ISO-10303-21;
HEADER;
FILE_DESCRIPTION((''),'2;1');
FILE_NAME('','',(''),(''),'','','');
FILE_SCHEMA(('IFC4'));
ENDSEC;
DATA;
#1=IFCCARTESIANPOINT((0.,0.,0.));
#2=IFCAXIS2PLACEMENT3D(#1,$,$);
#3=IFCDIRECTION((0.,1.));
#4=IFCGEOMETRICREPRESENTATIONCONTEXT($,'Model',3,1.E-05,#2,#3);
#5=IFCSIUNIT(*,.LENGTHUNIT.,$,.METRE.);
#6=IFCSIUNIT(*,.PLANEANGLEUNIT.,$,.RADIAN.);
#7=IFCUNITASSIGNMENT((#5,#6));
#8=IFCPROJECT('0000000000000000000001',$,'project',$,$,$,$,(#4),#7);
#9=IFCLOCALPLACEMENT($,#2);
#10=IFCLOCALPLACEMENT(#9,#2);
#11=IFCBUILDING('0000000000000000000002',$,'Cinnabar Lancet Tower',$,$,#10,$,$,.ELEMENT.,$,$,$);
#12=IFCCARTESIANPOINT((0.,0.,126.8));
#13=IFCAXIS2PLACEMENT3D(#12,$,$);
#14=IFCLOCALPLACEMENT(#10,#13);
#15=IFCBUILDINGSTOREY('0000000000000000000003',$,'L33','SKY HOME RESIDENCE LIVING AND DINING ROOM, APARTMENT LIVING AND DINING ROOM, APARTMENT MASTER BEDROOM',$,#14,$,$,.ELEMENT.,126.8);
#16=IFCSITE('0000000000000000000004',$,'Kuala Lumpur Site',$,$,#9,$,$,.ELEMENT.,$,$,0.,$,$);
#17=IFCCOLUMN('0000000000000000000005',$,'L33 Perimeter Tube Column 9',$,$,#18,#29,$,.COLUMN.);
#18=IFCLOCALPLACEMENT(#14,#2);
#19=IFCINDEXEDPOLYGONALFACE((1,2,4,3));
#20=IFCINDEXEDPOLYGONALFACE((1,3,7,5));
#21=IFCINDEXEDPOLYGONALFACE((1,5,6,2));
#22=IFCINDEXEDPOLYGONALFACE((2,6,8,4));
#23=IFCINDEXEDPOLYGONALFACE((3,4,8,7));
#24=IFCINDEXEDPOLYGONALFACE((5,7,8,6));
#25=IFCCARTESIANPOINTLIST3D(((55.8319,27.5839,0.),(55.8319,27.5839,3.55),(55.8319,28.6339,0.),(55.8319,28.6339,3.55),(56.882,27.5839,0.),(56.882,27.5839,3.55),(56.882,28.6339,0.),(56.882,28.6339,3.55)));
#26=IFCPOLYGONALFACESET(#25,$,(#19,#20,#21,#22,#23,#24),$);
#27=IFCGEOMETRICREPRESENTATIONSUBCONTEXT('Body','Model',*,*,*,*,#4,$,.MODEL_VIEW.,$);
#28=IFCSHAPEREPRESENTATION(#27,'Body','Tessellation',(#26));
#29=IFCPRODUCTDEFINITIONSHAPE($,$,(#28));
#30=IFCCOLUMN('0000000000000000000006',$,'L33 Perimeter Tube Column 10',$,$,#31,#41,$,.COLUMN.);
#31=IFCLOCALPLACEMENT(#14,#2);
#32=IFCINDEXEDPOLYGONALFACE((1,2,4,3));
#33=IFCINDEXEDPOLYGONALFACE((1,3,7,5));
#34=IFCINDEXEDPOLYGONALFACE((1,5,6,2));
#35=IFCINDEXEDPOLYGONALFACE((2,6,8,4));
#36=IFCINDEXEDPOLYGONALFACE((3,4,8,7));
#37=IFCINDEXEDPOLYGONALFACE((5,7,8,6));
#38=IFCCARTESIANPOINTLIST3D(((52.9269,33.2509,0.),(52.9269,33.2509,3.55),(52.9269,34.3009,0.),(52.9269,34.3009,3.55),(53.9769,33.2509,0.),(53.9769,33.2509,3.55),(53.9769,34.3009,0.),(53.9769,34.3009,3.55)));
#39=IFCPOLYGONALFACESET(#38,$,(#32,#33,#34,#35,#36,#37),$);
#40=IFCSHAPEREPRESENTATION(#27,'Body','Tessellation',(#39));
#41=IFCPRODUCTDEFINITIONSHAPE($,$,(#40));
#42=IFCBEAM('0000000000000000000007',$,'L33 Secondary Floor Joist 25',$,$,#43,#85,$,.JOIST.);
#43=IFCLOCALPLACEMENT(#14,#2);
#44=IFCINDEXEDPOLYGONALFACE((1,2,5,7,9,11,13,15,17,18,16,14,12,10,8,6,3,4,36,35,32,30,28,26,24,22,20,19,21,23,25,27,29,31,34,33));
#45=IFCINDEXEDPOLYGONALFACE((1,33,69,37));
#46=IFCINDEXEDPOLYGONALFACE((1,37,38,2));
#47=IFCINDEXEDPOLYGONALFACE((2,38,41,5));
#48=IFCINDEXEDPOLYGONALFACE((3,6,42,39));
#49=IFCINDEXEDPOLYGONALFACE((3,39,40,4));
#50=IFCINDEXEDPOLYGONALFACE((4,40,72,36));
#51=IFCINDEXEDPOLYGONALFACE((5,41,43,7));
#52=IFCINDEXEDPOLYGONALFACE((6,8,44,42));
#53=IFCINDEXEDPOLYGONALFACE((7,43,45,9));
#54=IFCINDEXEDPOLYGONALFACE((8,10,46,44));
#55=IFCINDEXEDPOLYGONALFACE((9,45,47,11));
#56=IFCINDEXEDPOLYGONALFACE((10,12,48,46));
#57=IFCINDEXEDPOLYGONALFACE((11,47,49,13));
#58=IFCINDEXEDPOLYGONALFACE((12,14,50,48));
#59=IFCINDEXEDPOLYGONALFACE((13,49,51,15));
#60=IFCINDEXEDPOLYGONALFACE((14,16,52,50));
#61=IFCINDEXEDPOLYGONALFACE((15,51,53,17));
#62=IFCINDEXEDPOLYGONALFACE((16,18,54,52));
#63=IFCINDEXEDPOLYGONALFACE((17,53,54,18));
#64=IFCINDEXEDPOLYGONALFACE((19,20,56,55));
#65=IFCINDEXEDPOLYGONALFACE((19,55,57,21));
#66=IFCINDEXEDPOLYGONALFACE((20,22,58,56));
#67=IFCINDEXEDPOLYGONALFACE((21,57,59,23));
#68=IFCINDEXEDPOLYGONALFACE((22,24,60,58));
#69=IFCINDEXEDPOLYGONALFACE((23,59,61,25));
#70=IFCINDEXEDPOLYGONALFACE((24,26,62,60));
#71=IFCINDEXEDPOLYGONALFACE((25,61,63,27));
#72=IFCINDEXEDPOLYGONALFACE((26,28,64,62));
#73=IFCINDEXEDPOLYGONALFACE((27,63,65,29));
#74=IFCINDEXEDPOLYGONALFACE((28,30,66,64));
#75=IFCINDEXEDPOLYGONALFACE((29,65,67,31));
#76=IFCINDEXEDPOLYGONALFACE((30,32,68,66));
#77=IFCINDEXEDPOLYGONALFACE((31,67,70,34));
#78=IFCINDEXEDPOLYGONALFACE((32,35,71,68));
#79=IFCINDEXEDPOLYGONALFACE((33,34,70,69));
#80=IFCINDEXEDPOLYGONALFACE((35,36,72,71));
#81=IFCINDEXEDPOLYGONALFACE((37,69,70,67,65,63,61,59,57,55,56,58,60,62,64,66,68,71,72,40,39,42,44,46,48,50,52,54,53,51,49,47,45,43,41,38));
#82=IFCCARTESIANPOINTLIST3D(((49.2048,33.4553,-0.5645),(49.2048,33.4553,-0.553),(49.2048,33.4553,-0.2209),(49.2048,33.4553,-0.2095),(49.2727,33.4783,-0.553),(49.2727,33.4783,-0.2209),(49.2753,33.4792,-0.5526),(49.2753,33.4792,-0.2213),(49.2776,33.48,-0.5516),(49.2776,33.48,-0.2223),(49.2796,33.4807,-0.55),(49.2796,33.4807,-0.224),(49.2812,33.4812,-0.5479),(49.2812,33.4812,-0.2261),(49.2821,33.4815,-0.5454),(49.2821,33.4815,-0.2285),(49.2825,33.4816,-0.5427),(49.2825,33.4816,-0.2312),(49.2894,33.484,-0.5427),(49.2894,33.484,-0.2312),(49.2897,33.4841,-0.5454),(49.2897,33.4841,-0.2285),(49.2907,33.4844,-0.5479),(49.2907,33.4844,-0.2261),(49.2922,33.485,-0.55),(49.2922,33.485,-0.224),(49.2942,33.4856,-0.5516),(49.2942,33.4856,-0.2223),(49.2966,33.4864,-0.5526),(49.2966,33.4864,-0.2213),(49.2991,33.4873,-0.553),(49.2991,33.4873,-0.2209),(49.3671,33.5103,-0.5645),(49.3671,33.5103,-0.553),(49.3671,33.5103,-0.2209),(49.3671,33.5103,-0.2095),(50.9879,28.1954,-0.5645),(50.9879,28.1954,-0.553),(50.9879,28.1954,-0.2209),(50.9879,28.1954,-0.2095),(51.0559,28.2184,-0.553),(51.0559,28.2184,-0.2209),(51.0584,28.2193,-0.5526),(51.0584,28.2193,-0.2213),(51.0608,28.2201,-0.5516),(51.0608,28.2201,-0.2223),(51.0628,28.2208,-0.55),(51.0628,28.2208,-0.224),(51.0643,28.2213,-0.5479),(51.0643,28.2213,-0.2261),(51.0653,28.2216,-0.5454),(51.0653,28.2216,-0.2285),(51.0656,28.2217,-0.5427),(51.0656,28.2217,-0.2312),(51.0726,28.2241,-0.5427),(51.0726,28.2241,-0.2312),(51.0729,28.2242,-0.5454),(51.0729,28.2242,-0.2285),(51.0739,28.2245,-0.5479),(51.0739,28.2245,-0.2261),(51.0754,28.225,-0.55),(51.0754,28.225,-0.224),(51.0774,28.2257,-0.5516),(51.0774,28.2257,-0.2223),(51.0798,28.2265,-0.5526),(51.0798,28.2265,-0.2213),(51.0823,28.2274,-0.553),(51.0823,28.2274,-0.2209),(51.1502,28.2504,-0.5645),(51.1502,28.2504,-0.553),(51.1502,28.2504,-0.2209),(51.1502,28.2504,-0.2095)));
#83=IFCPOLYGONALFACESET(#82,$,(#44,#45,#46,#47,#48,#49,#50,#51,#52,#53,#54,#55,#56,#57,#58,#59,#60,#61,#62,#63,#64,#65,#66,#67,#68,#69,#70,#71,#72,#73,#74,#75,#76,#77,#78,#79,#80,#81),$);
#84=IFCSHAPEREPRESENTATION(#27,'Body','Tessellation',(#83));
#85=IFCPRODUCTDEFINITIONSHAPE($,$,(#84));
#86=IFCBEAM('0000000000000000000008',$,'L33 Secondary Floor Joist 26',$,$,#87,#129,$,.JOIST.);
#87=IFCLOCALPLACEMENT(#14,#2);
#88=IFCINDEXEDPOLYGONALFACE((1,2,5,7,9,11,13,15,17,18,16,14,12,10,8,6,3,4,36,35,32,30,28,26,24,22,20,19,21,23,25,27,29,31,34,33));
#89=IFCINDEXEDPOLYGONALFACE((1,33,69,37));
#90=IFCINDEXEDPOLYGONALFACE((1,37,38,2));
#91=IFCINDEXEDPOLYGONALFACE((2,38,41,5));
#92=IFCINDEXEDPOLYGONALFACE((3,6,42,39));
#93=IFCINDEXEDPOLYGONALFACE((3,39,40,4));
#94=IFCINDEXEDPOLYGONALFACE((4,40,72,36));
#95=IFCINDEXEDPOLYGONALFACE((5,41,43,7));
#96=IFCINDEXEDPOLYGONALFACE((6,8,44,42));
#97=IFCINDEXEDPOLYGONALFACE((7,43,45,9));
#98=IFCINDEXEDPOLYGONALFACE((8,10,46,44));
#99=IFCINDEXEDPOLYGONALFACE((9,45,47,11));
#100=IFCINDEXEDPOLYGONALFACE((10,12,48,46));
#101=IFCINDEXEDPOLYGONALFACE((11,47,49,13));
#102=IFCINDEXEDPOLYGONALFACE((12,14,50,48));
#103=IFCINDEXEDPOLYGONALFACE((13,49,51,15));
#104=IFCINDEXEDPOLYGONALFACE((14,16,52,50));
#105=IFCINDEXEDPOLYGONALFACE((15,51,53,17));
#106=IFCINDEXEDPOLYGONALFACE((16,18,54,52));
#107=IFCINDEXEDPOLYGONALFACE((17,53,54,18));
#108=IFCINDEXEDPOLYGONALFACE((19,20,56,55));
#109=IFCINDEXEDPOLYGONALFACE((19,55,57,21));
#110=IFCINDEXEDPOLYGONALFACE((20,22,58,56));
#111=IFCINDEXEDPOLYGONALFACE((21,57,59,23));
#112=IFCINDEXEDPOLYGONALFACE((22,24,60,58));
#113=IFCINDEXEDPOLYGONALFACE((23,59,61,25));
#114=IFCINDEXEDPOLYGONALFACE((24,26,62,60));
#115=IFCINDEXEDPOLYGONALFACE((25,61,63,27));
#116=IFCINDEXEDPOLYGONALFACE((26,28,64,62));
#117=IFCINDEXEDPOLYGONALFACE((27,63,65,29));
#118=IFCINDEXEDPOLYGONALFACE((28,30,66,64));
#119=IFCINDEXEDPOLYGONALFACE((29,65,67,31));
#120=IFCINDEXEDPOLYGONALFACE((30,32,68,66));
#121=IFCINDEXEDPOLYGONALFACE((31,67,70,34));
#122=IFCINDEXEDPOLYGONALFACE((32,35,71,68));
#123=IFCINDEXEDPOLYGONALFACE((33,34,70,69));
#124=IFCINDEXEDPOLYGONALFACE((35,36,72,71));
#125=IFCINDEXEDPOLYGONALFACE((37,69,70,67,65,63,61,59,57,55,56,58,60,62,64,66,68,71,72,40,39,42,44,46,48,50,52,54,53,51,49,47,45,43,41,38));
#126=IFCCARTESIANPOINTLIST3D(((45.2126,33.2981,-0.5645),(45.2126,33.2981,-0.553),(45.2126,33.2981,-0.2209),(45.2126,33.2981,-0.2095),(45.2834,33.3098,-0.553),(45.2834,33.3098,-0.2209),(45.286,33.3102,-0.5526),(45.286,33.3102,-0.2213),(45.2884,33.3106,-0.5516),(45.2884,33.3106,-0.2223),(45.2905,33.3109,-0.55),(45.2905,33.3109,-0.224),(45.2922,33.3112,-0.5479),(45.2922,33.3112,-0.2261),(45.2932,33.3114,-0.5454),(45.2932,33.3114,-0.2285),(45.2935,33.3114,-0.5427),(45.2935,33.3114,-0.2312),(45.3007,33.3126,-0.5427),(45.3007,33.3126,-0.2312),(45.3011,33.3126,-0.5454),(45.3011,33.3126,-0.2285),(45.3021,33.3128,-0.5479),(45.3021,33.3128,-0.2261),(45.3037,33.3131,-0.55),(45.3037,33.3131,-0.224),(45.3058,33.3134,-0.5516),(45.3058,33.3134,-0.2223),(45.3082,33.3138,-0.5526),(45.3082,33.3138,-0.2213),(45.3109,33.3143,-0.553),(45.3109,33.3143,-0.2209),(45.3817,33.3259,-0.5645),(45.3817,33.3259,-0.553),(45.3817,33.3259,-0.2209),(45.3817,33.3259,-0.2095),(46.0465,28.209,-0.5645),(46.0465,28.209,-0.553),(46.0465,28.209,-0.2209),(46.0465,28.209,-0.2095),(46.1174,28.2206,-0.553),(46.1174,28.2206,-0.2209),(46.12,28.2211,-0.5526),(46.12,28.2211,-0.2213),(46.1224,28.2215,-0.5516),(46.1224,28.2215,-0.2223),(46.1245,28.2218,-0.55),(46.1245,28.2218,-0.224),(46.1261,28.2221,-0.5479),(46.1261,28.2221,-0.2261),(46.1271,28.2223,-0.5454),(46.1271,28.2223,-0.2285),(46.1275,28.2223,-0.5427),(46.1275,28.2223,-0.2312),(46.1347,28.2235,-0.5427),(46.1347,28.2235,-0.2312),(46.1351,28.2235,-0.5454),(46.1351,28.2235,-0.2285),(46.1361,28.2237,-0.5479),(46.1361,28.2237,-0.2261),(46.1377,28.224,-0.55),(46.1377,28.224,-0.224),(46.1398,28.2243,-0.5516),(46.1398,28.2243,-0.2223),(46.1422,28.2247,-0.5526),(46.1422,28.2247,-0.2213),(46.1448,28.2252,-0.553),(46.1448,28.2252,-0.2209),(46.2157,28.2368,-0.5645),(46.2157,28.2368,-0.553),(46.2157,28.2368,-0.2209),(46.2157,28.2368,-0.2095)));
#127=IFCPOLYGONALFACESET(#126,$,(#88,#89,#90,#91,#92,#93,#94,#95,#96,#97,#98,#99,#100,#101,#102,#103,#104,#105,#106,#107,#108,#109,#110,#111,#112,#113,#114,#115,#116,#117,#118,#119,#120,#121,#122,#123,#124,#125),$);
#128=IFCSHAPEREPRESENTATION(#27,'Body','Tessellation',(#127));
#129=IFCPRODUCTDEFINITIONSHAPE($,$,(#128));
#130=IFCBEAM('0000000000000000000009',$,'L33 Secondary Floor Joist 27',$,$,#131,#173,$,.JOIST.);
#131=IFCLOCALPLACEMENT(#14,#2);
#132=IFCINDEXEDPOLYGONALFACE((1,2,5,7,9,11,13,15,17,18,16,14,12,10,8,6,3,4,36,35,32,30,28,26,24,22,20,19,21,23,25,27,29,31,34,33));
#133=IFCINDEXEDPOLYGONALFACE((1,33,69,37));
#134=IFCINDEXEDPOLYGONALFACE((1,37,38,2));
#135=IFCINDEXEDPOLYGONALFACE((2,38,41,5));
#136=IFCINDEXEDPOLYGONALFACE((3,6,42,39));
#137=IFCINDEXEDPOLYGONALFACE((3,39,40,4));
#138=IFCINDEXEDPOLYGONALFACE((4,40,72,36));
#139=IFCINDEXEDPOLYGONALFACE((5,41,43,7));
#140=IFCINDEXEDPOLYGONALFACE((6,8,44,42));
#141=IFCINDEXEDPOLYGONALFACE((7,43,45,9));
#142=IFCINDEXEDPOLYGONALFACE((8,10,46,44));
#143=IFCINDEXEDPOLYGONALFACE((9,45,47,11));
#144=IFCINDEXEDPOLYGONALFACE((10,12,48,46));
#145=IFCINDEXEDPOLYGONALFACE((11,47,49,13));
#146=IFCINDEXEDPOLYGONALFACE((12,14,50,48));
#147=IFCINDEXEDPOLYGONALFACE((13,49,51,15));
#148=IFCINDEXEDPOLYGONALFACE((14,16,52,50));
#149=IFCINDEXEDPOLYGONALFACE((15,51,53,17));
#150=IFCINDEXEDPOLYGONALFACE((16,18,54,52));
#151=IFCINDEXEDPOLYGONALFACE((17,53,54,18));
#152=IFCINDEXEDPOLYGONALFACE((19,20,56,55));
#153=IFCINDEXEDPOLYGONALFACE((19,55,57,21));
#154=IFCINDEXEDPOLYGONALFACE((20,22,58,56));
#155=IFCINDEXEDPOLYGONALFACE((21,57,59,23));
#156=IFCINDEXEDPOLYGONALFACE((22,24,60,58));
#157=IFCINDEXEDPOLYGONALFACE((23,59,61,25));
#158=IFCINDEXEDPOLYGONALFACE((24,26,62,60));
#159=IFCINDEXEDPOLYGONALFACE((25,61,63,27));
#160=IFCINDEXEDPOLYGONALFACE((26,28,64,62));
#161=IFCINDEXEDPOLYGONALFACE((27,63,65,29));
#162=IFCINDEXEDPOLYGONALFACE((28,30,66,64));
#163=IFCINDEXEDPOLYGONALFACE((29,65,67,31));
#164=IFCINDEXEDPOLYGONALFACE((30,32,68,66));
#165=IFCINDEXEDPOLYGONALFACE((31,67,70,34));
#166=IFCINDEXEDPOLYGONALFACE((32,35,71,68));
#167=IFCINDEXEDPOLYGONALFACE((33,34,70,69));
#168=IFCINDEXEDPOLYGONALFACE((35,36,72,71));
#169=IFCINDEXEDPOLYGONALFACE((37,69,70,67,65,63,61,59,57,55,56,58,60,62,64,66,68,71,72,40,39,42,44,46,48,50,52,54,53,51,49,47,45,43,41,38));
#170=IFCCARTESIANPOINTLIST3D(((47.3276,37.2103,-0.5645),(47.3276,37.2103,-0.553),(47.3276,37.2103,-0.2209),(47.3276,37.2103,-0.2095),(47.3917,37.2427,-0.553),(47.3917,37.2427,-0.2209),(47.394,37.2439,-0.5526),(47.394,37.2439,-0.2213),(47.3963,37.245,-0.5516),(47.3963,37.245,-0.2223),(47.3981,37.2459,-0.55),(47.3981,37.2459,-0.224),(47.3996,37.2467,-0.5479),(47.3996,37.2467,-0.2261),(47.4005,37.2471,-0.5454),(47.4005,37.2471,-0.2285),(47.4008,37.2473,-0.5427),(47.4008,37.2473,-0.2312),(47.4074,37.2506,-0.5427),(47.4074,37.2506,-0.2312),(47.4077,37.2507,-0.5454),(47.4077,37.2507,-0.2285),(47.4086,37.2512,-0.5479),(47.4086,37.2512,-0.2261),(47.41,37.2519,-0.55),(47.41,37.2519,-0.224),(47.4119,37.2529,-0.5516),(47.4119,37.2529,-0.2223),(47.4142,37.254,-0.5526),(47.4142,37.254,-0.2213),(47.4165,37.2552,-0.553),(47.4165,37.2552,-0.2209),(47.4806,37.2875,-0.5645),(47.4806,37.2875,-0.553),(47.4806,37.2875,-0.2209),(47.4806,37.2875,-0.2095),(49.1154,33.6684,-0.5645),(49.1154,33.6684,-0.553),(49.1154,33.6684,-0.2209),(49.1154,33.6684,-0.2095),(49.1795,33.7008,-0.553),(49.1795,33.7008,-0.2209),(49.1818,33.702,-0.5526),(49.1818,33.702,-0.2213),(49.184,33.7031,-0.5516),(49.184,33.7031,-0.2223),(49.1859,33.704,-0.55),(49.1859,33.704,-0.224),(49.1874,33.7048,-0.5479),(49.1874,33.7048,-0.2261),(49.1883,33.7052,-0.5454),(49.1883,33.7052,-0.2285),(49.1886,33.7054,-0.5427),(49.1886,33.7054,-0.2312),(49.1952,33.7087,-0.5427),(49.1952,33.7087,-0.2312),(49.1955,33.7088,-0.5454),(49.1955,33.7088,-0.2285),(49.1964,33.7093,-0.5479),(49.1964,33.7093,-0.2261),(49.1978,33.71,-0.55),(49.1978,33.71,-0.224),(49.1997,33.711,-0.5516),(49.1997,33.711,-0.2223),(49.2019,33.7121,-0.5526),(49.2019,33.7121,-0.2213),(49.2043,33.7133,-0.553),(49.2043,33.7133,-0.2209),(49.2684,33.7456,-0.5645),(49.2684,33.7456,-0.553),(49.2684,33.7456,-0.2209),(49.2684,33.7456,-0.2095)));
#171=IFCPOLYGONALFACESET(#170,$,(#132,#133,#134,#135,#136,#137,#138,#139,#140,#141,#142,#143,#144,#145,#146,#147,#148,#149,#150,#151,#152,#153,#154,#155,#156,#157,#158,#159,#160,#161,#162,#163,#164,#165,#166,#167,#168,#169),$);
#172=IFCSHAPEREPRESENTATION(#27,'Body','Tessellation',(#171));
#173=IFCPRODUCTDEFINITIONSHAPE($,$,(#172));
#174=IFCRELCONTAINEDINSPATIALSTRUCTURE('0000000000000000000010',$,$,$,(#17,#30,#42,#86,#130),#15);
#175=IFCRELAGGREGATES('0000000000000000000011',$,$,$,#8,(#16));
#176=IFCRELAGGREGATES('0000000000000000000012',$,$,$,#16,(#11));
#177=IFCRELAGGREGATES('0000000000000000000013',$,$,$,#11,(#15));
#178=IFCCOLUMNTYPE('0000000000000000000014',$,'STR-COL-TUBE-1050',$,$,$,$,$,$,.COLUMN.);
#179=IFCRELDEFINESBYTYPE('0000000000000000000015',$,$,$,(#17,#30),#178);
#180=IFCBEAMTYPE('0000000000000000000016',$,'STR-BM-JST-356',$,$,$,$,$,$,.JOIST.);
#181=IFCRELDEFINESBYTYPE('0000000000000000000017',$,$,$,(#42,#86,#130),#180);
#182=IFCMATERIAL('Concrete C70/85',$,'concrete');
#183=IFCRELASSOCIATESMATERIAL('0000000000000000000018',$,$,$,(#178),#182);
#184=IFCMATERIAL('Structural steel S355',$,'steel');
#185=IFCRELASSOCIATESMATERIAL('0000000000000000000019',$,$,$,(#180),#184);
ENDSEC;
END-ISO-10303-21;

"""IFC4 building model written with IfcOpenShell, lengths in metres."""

from ifc_helpers import new_model, si_unit, direction, frame, origin, origin_2d, place, context, subcontext, project, spatial, rectangle, i_section, extrude, material, material_profile, profile_set, type_object, element, save


model = new_model("IFC4")

# Units and contexts
model_context = context("Model", 3, precision=1e-05, world=origin(), true_north=direction((0.0, 1.0)))
body_context = subcontext(model_context, "Body", "Model", "MODEL_VIEW")
ifc_project = project(units=[si_unit("LENGTHUNIT", "METRE"), si_unit("PLANEANGLEUNIT", "RADIAN")], contexts=[model_context])

# Site, building, storey
site_placement = place(None, origin())
site = spatial("IfcSite", under=ifc_project, at=site_placement, Name="Kuala Lumpur Site", CompositionType="ELEMENT", RefElevation=0.0)
building_placement = place(site_placement, origin())
building = spatial("IfcBuilding", under=site, at=building_placement, Name="Cinnabar Lancet Tower", CompositionType="ELEMENT")
storey_placement = place(building_placement, frame((0.0, 0.0, 126.8)))
storey = spatial("IfcBuildingStorey", under=building, at=storey_placement, Name="L33", Description="SKY HOME RESIDENCE LIVING AND DINING ROOM, APARTMENT LIVING AND DINING ROOM, APARTMENT MASTER BEDROOM", CompositionType="ELEMENT", Elevation=126.8)

# Columns
ifc_material_1 = material(Name="Concrete C70/85", Category="concrete")
ifc_material_profile_1 = material_profile(ifc_material_1, rectangle(XDim=1.05, YDim=1.05, at=origin_2d()), Name="RC-COL 1050x1050")
ifc_profile_set_1 = profile_set([ifc_material_profile_1], Name="Concrete C70/85")
column_type = type_object("IfcColumnType", Name="STR-COL-TUBE-1050", PredefinedType="COLUMN", material=ifc_profile_set_1)
for number, where, z_axis, x_axis, name in (
    (1, (56.3569, 28.1089, 0.0), (0.0, 0.0, 1.0), (1.0, 0.0, 0.0), "L33 Perimeter Tube Column 9"),
    (2, (53.4519, 33.7759, 0.0), (0.0, 0.0, 1.0), (1.0, 0.0, 0.0), "L33 Perimeter Tube Column 10"),
):
    element("IfcColumn", number, at=place(storey_placement, frame(where, z_axis=z_axis, x_axis=x_axis)), inside=storey, type_object=column_type, Name=name, PredefinedType="COLUMN", context=body_context, shape_type="SweptSolid", body=[
        extrude(rectangle(XDim=1.05, YDim=1.05, at=origin_2d()), origin(), (0.0, 0.0, 1.0), 3.55),
    ])

# Beams
ifc_material_2 = material(Name="Structural steel S355", Category="steel")
ifc_material_profile_2 = material_profile(ifc_material_2, i_section(OverallWidth=0.1714, OverallDepth=0.355, WebThickness=0.0073, FlangeThickness=0.0115, FilletRadius=0.0103, at=origin_2d()), Name="UKB 356x171x51")
ifc_profile_set_2 = profile_set([ifc_material_profile_2], Name="Structural steel S355")
beam_type_1 = type_object("IfcBeamType", Name="STR-BM-JST-356", PredefinedType="JOIST", material=ifc_profile_set_2)
beam_1_placement = place(storey_placement, frame((51.0691, 28.2229, -0.387), z_axis=(-0.321063, 0.947058, 0.0), x_axis=(-0.947058, -0.321063, 0.0)))
element("IfcBeam", 3, at=beam_1_placement, inside=storey, type_object=beam_type_1, Name="L33 Secondary Floor Joist 25", PredefinedType="JOIST", context=body_context, shape_type="SweptSolid", body=[
    extrude(i_section(OverallWidth=0.1714, OverallDepth=0.355, WebThickness=0.0073, FlangeThickness=0.0115, FilletRadius=0.0103, at=origin_2d()), origin(), (0.0, 0.0, 1.0), 5.554),
])
beam_2_placement = place(storey_placement, frame((46.1311, 28.2229, -0.387), z_axis=(-0.161719, 0.986837, 0.0), x_axis=(-0.986837, -0.161719, 0.0)))
element("IfcBeam", 4, at=beam_2_placement, inside=storey, type_object=beam_type_1, Name="L33 Secondary Floor Joist 26", PredefinedType="JOIST", context=body_context, shape_type="SweptSolid", body=[
    extrude(i_section(OverallWidth=0.1714, OverallDepth=0.355, WebThickness=0.0073, FlangeThickness=0.0115, FilletRadius=0.0103, at=origin_2d()), origin(), (0.0, 0.0, 1.0), 5.157),
])
beam_3_placement = place(storey_placement, frame((49.1919, 33.707, -0.387), z_axis=(-0.450607, 0.892722, 0.0), x_axis=(-0.892722, -0.450607, 0.0)))
element("IfcBeam", 5, at=beam_3_placement, inside=storey, type_object=beam_type_1, Name="L33 Secondary Floor Joist 27", PredefinedType="JOIST", context=body_context, shape_type="SweptSolid", body=[
    extrude(i_section(OverallWidth=0.1714, OverallDepth=0.355, WebThickness=0.0073, FlangeThickness=0.0115, FilletRadius=0.0103, at=origin_2d()), origin(), (0.0, 0.0, 1.0), 3.9675),
])

save(model, "model.ifc")
